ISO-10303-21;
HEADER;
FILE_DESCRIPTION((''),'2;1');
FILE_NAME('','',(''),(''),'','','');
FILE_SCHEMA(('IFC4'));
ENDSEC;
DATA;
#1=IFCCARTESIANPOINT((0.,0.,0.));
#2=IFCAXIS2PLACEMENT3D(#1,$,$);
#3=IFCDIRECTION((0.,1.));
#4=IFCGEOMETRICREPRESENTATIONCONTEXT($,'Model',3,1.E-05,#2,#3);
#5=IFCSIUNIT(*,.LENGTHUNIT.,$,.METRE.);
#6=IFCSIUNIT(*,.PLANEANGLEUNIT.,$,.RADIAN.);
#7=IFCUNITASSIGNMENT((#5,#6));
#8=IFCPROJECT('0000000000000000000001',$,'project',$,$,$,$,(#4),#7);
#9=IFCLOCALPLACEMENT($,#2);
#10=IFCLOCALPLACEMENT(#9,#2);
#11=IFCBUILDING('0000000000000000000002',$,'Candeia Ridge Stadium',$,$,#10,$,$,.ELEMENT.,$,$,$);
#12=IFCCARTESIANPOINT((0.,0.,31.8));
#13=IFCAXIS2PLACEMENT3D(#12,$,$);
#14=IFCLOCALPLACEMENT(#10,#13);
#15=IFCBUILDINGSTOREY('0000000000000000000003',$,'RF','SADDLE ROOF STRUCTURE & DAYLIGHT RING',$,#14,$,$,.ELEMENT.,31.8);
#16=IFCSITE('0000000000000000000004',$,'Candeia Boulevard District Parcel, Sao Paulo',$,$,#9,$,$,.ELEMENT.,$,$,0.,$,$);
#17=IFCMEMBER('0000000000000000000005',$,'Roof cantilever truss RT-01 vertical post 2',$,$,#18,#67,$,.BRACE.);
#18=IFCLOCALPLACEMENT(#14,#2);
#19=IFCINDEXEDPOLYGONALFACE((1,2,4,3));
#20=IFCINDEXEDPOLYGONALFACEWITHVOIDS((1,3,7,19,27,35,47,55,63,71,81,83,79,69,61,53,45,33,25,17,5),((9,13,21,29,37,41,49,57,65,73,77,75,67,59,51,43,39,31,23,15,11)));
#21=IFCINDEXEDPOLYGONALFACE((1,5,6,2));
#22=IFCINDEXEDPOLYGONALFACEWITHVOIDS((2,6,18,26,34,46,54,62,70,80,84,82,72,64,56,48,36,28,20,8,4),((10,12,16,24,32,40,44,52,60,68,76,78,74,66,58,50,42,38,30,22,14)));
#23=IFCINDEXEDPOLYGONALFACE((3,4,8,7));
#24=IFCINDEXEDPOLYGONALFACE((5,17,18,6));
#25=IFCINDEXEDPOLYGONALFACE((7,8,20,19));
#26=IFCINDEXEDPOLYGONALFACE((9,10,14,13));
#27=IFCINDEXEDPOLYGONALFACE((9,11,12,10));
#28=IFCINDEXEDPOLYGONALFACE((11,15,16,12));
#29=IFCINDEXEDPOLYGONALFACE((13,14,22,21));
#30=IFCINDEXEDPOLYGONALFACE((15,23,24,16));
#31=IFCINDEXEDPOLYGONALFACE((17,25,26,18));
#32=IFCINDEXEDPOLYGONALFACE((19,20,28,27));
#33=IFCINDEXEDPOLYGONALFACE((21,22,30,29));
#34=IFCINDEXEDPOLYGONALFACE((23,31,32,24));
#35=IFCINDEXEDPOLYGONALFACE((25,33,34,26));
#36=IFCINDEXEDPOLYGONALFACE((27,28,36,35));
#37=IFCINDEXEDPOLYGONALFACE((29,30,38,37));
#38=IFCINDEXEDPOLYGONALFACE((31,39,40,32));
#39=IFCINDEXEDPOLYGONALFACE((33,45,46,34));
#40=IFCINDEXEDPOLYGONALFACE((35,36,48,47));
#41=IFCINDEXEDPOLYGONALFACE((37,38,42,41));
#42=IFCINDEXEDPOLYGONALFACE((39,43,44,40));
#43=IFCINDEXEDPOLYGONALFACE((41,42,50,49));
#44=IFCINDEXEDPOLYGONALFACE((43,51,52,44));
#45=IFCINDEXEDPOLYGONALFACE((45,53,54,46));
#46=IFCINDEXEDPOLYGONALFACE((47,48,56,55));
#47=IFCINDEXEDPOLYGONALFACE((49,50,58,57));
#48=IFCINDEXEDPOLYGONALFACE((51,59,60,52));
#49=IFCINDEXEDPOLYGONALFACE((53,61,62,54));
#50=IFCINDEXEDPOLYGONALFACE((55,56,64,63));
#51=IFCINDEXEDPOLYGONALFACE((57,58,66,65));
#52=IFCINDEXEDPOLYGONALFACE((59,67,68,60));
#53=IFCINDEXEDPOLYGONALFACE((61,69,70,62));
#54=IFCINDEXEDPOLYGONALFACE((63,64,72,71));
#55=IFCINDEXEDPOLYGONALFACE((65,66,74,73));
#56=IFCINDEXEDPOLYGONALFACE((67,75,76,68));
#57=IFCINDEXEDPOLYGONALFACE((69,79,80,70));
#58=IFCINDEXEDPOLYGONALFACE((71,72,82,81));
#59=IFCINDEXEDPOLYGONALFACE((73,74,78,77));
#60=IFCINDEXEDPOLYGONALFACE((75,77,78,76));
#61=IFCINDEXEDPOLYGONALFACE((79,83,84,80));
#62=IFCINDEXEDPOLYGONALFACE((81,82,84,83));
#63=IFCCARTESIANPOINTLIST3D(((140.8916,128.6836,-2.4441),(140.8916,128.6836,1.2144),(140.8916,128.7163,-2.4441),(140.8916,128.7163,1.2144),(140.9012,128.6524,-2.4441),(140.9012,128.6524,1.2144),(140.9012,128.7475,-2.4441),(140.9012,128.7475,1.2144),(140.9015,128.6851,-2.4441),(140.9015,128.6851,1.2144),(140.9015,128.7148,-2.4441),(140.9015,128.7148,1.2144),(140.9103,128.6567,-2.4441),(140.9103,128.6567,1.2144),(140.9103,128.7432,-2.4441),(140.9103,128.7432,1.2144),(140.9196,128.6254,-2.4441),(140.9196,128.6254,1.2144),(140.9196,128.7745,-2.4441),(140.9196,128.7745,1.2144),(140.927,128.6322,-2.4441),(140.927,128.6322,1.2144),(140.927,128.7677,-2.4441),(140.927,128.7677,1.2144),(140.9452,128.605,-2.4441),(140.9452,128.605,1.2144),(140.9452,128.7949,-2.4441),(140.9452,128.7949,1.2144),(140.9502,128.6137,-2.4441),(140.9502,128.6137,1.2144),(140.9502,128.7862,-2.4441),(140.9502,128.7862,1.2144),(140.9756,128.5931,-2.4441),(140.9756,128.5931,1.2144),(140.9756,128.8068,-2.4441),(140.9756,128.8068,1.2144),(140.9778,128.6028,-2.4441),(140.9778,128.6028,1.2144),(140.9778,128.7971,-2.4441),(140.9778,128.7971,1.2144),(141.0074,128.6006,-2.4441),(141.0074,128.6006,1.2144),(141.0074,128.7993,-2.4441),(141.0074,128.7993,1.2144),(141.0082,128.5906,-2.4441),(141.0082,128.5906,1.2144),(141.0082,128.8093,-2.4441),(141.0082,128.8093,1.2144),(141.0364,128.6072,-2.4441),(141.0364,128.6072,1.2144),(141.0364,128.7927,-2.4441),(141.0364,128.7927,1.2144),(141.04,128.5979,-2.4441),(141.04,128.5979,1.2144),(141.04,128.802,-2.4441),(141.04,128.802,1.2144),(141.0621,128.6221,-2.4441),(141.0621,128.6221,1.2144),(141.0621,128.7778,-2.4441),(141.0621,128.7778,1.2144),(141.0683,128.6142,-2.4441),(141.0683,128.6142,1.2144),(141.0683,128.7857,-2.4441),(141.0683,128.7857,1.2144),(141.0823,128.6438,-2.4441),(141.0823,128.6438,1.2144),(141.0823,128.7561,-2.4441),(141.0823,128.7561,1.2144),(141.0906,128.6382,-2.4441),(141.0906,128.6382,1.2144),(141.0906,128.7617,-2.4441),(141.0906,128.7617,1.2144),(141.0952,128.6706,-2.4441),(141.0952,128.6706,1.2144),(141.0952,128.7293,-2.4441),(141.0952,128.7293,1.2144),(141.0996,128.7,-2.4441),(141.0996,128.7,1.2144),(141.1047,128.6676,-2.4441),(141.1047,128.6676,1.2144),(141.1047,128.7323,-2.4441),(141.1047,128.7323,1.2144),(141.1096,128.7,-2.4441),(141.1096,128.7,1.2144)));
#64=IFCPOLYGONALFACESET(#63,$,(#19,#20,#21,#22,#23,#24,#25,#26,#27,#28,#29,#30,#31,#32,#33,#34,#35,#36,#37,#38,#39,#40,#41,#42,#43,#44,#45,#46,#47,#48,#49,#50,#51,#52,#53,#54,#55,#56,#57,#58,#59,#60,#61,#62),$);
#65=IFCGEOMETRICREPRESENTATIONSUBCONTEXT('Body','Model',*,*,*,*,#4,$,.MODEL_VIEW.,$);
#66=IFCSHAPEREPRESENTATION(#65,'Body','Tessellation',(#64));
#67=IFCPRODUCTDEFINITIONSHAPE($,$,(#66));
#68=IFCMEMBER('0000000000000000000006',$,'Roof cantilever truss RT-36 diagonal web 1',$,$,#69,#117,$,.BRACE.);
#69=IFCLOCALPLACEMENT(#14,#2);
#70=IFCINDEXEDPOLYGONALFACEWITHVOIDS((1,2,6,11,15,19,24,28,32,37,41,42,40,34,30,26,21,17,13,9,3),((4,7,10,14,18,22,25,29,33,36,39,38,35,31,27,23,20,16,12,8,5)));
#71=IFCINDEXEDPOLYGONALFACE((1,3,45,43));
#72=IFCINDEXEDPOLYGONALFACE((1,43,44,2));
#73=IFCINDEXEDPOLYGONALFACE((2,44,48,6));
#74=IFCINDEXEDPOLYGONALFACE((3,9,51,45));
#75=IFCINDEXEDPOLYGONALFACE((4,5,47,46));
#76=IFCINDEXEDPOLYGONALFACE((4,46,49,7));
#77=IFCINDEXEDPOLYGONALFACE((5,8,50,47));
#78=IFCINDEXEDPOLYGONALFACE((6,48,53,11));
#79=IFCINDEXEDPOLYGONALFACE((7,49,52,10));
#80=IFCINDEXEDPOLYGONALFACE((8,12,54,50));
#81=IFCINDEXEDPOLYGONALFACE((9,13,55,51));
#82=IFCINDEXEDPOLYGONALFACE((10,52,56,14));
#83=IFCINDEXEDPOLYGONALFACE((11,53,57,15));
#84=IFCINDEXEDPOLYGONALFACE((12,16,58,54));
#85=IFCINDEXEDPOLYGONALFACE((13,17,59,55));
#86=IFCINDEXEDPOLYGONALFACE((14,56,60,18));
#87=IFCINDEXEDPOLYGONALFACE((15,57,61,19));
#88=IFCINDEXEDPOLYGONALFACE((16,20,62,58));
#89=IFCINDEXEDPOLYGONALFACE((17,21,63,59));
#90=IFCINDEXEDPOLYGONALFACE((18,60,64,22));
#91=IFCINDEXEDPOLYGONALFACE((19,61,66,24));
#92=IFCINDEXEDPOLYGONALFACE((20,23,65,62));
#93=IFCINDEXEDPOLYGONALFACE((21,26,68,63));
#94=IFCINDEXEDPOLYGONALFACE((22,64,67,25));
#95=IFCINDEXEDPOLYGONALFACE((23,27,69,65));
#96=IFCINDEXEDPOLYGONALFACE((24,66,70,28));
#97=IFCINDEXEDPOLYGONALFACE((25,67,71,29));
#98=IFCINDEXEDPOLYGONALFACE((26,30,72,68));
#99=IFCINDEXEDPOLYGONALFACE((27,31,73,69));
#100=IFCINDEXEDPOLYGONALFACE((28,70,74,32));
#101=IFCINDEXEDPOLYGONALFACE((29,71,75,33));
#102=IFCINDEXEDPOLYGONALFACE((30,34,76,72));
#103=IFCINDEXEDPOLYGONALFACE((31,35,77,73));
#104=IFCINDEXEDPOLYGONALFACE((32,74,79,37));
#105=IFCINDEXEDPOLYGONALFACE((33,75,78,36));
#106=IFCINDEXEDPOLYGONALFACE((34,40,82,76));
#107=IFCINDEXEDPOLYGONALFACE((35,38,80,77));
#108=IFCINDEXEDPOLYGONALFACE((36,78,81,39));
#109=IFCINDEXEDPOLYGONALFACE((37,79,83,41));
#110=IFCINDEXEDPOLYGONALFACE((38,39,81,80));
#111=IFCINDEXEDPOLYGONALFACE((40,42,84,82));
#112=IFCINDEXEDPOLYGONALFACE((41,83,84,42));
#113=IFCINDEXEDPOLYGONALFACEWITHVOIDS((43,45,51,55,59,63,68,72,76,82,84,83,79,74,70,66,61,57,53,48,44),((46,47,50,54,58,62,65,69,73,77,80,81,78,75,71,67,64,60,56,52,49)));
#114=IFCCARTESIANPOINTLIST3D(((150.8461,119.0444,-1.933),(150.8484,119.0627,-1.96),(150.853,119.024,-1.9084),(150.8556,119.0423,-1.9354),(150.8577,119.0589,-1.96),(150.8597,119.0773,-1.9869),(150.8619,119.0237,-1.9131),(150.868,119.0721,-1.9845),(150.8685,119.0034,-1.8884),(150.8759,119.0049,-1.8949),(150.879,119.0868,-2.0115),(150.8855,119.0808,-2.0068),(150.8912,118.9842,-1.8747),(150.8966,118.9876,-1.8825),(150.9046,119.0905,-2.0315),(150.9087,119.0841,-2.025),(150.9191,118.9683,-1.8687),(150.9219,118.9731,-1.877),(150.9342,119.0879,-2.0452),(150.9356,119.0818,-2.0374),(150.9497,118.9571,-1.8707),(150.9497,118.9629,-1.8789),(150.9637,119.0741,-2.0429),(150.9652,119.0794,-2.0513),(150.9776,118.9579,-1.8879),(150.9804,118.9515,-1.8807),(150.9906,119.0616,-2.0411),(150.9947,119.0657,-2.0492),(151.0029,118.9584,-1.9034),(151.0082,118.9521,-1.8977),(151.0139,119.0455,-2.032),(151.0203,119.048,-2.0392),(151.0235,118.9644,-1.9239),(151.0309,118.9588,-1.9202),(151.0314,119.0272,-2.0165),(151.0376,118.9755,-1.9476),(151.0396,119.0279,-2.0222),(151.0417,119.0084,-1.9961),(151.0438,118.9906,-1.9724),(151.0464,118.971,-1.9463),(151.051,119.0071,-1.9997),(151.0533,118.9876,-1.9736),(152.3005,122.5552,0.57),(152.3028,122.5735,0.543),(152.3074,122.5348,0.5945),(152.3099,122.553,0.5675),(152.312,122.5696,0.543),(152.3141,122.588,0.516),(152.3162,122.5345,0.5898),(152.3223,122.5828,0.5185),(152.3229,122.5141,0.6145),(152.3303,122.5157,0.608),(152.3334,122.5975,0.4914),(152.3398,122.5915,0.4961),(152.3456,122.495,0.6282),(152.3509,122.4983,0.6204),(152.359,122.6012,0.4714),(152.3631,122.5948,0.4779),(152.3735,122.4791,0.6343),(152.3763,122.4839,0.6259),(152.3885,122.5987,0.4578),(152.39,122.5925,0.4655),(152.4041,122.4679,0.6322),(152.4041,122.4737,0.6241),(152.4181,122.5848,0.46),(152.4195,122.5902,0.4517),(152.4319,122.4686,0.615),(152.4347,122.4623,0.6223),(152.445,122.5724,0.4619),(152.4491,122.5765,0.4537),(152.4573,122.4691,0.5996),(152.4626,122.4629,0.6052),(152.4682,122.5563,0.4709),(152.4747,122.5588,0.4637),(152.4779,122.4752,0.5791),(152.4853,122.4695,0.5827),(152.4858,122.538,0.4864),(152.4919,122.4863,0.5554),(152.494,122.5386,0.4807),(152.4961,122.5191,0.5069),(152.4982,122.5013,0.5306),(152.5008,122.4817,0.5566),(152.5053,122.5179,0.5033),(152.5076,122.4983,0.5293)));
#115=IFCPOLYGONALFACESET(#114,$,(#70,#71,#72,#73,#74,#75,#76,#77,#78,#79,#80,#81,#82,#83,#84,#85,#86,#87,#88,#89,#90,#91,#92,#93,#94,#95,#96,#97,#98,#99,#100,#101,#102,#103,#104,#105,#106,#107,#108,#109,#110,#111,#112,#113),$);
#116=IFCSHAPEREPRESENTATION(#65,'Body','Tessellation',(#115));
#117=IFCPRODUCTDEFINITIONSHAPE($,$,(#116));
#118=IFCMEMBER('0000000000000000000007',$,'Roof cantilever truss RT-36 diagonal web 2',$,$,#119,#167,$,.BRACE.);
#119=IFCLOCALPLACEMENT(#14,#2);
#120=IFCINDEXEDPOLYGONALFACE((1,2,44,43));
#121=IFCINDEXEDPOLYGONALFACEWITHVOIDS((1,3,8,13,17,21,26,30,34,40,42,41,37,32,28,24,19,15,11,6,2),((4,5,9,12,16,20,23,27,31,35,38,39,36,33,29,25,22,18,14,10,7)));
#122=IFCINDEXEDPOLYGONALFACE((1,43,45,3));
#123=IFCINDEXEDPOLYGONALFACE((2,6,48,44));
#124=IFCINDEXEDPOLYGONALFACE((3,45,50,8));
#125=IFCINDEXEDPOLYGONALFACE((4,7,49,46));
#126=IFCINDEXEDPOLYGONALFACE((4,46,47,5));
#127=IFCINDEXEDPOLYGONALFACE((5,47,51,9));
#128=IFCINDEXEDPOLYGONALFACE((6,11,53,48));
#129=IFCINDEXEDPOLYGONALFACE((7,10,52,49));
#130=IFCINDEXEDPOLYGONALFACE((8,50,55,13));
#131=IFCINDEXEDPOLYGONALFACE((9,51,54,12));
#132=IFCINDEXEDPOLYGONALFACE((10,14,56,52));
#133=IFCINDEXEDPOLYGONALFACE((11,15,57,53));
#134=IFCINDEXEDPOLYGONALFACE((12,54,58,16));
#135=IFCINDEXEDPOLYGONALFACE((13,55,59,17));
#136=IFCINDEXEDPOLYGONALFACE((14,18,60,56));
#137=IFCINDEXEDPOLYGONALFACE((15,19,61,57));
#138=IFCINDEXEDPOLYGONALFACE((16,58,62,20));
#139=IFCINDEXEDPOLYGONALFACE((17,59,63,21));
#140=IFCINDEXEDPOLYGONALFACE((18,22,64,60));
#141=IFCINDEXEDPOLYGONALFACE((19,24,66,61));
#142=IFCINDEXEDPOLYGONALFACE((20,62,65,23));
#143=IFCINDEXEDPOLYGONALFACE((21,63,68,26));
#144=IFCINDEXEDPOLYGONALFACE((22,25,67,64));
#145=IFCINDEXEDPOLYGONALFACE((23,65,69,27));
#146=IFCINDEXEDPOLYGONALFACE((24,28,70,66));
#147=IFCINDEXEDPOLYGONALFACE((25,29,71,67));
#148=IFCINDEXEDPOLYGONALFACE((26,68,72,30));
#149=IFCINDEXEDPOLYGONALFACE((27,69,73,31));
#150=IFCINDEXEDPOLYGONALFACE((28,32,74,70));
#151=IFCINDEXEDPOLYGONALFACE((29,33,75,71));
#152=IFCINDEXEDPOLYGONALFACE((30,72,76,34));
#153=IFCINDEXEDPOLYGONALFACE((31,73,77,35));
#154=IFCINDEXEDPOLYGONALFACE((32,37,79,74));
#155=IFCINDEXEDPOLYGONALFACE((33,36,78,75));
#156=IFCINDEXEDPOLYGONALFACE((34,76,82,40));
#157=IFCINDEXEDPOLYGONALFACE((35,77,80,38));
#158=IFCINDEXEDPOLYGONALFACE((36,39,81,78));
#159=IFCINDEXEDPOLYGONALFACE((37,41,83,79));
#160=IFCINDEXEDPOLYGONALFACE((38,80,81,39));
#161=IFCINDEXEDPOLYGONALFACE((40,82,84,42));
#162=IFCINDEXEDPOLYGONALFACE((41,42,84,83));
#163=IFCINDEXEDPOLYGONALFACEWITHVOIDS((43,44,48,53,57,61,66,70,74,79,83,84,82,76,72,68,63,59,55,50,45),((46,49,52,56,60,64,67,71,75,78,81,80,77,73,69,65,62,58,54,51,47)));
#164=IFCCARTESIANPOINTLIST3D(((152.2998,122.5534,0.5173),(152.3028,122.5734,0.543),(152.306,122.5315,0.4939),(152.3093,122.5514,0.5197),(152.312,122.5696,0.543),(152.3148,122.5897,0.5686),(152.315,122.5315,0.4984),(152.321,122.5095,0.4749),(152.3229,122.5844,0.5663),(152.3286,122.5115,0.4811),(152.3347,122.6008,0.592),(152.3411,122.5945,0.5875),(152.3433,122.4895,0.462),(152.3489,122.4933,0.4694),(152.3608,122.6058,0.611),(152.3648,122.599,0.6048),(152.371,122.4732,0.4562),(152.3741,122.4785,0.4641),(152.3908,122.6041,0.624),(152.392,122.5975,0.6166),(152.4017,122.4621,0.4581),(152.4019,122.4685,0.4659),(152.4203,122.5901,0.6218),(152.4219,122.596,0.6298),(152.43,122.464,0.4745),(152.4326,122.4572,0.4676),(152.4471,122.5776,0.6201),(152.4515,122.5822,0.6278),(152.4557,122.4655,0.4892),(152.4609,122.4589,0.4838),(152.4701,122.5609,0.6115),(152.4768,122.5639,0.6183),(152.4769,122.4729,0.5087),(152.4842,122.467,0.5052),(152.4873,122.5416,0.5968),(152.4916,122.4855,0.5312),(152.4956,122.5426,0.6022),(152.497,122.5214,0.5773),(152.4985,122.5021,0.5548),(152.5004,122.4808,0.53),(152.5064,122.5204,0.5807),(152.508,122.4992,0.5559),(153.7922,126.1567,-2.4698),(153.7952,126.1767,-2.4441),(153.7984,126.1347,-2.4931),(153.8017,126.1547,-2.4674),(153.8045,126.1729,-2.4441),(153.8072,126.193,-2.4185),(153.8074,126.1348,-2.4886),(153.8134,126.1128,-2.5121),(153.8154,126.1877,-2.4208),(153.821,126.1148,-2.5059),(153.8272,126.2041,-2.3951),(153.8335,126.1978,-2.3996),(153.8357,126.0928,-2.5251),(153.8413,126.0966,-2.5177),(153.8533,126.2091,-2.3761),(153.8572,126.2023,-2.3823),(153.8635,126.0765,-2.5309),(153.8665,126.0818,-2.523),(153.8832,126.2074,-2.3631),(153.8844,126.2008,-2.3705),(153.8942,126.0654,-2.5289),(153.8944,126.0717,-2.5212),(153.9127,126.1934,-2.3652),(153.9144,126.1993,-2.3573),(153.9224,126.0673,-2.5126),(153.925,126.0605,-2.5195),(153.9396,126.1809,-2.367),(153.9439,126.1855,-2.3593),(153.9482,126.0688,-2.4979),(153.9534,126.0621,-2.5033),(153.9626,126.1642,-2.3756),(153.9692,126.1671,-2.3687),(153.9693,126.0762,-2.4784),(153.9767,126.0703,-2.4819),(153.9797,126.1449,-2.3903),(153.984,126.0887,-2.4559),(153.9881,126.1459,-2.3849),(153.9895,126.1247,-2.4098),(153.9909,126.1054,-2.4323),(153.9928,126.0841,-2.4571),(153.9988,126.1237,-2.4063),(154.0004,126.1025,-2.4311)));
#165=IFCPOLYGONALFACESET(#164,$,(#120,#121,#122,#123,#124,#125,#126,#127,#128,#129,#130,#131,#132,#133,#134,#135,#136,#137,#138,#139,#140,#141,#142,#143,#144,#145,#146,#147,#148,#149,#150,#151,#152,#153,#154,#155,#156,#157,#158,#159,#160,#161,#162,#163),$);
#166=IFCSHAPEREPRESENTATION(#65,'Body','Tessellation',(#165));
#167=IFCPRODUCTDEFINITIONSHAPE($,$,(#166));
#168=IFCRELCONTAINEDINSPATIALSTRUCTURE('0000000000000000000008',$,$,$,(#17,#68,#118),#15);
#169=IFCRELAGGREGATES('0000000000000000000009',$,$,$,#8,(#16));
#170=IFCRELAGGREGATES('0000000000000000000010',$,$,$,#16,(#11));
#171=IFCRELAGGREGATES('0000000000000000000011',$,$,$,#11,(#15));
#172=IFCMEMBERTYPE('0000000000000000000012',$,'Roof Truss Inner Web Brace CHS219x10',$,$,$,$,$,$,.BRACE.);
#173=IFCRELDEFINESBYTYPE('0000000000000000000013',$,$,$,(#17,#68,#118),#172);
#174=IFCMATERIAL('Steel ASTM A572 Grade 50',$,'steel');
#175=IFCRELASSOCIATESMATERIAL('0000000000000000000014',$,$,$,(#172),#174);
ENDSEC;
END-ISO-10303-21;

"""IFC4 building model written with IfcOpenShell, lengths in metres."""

from ifc_helpers import new_model, si_unit, direction, frame, origin, origin_2d, place, context, subcontext, project, spatial, hollow_circle, extrude, material, material_profile, profile_set, type_object, element, save


model = new_model("IFC4")

# Units and contexts
model_context = context("Model", 3, precision=1e-05, world=origin(), true_north=direction((0.0, 1.0)))
body_context = subcontext(model_context, "Body", "Model", "MODEL_VIEW")
ifc_project = project(units=[si_unit("LENGTHUNIT", "METRE"), si_unit("PLANEANGLEUNIT", "RADIAN")], contexts=[model_context])

# Site, building, storey
site_placement = place(None, origin())
site = spatial("IfcSite", under=ifc_project, at=site_placement, Name="Candeia Boulevard District Parcel, Sao Paulo", CompositionType="ELEMENT", RefElevation=0.0)
building_placement = place(site_placement, origin())
building = spatial("IfcBuilding", under=site, at=building_placement, Name="Candeia Ridge Stadium", CompositionType="ELEMENT")
storey_placement = place(building_placement, frame((0.0, 0.0, 31.8)))
storey = spatial("IfcBuildingStorey", under=building, at=storey_placement, Name="RF", Description="SADDLE ROOF STRUCTURE & DAYLIGHT RING", CompositionType="ELEMENT", Elevation=31.8)

# Shared definitions
ifc_material_1 = material(Name="Steel ASTM A572 Grade 50", Category="steel")

# Members
ifc_material_profile_1 = material_profile(ifc_material_1, hollow_circle(Radius=0.1096, WallThickness=0.01, at=origin_2d()), Name="CHS219x10", Category="steel")
ifc_profile_set_1 = profile_set([ifc_material_profile_1], Name="Steel ASTM A572 Grade 50")
member_type_1 = type_object("IfcMemberType", Name="Roof Truss Inner Web Brace CHS219x10", PredefinedType="BRACE", material=ifc_profile_set_1)
member_1_placement = place(storey_placement, frame((141.0, 128.7, -2.4441), z_axis=(0.0, 0.0, 1.0), x_axis=(1.0, 0.0, 0.0)))
element("IfcMember", 1, at=member_1_placement, inside=storey, type_object=member_type_1, Name="Roof cantilever truss RT-01 vertical post 2", PredefinedType="BRACE", context=body_context, shape_type="SweptSolid", body=[
    extrude(hollow_circle(Radius=0.1096, WallThickness=0.01, at=origin_2d()), origin(), (0.0, 0.0, 1.0), 3.6584),
])
member_2_placement = place(storey_placement, frame((150.9497, 119.0208, -1.96), z_axis=(0.319616, 0.771543, 0.55006), x_axis=(-0.923866, 0.382717, 0.0)))
element("IfcMember", 2, at=member_2_placement, inside=storey, type_object=member_type_1, Name="Roof cantilever truss RT-36 diagonal web 1", PredefinedType="BRACE", context=body_context, shape_type="SweptSolid", body=[
    extrude(hollow_circle(Radius=0.1096, WallThickness=0.01, at=origin_2d()), origin(), (0.0, 0.0, 1.0), 4.5503),
])
member_3_placement = place(storey_placement, frame((152.4041, 122.5315, 0.543), z_axis=(0.303798, 0.733478, -0.608043), x_axis=(-0.923888, 0.382663, 0.0)))
element("IfcMember", 3, at=member_3_placement, inside=storey, type_object=member_type_1, Name="Roof cantilever truss RT-36 diagonal web 2", PredefinedType="BRACE", context=body_context, shape_type="SweptSolid", body=[
    extrude(hollow_circle(Radius=0.1096, WallThickness=0.01, at=origin_2d()), origin(), (0.0, 0.0, 1.0), 4.9126),
])

save(model, "model.ifc")
